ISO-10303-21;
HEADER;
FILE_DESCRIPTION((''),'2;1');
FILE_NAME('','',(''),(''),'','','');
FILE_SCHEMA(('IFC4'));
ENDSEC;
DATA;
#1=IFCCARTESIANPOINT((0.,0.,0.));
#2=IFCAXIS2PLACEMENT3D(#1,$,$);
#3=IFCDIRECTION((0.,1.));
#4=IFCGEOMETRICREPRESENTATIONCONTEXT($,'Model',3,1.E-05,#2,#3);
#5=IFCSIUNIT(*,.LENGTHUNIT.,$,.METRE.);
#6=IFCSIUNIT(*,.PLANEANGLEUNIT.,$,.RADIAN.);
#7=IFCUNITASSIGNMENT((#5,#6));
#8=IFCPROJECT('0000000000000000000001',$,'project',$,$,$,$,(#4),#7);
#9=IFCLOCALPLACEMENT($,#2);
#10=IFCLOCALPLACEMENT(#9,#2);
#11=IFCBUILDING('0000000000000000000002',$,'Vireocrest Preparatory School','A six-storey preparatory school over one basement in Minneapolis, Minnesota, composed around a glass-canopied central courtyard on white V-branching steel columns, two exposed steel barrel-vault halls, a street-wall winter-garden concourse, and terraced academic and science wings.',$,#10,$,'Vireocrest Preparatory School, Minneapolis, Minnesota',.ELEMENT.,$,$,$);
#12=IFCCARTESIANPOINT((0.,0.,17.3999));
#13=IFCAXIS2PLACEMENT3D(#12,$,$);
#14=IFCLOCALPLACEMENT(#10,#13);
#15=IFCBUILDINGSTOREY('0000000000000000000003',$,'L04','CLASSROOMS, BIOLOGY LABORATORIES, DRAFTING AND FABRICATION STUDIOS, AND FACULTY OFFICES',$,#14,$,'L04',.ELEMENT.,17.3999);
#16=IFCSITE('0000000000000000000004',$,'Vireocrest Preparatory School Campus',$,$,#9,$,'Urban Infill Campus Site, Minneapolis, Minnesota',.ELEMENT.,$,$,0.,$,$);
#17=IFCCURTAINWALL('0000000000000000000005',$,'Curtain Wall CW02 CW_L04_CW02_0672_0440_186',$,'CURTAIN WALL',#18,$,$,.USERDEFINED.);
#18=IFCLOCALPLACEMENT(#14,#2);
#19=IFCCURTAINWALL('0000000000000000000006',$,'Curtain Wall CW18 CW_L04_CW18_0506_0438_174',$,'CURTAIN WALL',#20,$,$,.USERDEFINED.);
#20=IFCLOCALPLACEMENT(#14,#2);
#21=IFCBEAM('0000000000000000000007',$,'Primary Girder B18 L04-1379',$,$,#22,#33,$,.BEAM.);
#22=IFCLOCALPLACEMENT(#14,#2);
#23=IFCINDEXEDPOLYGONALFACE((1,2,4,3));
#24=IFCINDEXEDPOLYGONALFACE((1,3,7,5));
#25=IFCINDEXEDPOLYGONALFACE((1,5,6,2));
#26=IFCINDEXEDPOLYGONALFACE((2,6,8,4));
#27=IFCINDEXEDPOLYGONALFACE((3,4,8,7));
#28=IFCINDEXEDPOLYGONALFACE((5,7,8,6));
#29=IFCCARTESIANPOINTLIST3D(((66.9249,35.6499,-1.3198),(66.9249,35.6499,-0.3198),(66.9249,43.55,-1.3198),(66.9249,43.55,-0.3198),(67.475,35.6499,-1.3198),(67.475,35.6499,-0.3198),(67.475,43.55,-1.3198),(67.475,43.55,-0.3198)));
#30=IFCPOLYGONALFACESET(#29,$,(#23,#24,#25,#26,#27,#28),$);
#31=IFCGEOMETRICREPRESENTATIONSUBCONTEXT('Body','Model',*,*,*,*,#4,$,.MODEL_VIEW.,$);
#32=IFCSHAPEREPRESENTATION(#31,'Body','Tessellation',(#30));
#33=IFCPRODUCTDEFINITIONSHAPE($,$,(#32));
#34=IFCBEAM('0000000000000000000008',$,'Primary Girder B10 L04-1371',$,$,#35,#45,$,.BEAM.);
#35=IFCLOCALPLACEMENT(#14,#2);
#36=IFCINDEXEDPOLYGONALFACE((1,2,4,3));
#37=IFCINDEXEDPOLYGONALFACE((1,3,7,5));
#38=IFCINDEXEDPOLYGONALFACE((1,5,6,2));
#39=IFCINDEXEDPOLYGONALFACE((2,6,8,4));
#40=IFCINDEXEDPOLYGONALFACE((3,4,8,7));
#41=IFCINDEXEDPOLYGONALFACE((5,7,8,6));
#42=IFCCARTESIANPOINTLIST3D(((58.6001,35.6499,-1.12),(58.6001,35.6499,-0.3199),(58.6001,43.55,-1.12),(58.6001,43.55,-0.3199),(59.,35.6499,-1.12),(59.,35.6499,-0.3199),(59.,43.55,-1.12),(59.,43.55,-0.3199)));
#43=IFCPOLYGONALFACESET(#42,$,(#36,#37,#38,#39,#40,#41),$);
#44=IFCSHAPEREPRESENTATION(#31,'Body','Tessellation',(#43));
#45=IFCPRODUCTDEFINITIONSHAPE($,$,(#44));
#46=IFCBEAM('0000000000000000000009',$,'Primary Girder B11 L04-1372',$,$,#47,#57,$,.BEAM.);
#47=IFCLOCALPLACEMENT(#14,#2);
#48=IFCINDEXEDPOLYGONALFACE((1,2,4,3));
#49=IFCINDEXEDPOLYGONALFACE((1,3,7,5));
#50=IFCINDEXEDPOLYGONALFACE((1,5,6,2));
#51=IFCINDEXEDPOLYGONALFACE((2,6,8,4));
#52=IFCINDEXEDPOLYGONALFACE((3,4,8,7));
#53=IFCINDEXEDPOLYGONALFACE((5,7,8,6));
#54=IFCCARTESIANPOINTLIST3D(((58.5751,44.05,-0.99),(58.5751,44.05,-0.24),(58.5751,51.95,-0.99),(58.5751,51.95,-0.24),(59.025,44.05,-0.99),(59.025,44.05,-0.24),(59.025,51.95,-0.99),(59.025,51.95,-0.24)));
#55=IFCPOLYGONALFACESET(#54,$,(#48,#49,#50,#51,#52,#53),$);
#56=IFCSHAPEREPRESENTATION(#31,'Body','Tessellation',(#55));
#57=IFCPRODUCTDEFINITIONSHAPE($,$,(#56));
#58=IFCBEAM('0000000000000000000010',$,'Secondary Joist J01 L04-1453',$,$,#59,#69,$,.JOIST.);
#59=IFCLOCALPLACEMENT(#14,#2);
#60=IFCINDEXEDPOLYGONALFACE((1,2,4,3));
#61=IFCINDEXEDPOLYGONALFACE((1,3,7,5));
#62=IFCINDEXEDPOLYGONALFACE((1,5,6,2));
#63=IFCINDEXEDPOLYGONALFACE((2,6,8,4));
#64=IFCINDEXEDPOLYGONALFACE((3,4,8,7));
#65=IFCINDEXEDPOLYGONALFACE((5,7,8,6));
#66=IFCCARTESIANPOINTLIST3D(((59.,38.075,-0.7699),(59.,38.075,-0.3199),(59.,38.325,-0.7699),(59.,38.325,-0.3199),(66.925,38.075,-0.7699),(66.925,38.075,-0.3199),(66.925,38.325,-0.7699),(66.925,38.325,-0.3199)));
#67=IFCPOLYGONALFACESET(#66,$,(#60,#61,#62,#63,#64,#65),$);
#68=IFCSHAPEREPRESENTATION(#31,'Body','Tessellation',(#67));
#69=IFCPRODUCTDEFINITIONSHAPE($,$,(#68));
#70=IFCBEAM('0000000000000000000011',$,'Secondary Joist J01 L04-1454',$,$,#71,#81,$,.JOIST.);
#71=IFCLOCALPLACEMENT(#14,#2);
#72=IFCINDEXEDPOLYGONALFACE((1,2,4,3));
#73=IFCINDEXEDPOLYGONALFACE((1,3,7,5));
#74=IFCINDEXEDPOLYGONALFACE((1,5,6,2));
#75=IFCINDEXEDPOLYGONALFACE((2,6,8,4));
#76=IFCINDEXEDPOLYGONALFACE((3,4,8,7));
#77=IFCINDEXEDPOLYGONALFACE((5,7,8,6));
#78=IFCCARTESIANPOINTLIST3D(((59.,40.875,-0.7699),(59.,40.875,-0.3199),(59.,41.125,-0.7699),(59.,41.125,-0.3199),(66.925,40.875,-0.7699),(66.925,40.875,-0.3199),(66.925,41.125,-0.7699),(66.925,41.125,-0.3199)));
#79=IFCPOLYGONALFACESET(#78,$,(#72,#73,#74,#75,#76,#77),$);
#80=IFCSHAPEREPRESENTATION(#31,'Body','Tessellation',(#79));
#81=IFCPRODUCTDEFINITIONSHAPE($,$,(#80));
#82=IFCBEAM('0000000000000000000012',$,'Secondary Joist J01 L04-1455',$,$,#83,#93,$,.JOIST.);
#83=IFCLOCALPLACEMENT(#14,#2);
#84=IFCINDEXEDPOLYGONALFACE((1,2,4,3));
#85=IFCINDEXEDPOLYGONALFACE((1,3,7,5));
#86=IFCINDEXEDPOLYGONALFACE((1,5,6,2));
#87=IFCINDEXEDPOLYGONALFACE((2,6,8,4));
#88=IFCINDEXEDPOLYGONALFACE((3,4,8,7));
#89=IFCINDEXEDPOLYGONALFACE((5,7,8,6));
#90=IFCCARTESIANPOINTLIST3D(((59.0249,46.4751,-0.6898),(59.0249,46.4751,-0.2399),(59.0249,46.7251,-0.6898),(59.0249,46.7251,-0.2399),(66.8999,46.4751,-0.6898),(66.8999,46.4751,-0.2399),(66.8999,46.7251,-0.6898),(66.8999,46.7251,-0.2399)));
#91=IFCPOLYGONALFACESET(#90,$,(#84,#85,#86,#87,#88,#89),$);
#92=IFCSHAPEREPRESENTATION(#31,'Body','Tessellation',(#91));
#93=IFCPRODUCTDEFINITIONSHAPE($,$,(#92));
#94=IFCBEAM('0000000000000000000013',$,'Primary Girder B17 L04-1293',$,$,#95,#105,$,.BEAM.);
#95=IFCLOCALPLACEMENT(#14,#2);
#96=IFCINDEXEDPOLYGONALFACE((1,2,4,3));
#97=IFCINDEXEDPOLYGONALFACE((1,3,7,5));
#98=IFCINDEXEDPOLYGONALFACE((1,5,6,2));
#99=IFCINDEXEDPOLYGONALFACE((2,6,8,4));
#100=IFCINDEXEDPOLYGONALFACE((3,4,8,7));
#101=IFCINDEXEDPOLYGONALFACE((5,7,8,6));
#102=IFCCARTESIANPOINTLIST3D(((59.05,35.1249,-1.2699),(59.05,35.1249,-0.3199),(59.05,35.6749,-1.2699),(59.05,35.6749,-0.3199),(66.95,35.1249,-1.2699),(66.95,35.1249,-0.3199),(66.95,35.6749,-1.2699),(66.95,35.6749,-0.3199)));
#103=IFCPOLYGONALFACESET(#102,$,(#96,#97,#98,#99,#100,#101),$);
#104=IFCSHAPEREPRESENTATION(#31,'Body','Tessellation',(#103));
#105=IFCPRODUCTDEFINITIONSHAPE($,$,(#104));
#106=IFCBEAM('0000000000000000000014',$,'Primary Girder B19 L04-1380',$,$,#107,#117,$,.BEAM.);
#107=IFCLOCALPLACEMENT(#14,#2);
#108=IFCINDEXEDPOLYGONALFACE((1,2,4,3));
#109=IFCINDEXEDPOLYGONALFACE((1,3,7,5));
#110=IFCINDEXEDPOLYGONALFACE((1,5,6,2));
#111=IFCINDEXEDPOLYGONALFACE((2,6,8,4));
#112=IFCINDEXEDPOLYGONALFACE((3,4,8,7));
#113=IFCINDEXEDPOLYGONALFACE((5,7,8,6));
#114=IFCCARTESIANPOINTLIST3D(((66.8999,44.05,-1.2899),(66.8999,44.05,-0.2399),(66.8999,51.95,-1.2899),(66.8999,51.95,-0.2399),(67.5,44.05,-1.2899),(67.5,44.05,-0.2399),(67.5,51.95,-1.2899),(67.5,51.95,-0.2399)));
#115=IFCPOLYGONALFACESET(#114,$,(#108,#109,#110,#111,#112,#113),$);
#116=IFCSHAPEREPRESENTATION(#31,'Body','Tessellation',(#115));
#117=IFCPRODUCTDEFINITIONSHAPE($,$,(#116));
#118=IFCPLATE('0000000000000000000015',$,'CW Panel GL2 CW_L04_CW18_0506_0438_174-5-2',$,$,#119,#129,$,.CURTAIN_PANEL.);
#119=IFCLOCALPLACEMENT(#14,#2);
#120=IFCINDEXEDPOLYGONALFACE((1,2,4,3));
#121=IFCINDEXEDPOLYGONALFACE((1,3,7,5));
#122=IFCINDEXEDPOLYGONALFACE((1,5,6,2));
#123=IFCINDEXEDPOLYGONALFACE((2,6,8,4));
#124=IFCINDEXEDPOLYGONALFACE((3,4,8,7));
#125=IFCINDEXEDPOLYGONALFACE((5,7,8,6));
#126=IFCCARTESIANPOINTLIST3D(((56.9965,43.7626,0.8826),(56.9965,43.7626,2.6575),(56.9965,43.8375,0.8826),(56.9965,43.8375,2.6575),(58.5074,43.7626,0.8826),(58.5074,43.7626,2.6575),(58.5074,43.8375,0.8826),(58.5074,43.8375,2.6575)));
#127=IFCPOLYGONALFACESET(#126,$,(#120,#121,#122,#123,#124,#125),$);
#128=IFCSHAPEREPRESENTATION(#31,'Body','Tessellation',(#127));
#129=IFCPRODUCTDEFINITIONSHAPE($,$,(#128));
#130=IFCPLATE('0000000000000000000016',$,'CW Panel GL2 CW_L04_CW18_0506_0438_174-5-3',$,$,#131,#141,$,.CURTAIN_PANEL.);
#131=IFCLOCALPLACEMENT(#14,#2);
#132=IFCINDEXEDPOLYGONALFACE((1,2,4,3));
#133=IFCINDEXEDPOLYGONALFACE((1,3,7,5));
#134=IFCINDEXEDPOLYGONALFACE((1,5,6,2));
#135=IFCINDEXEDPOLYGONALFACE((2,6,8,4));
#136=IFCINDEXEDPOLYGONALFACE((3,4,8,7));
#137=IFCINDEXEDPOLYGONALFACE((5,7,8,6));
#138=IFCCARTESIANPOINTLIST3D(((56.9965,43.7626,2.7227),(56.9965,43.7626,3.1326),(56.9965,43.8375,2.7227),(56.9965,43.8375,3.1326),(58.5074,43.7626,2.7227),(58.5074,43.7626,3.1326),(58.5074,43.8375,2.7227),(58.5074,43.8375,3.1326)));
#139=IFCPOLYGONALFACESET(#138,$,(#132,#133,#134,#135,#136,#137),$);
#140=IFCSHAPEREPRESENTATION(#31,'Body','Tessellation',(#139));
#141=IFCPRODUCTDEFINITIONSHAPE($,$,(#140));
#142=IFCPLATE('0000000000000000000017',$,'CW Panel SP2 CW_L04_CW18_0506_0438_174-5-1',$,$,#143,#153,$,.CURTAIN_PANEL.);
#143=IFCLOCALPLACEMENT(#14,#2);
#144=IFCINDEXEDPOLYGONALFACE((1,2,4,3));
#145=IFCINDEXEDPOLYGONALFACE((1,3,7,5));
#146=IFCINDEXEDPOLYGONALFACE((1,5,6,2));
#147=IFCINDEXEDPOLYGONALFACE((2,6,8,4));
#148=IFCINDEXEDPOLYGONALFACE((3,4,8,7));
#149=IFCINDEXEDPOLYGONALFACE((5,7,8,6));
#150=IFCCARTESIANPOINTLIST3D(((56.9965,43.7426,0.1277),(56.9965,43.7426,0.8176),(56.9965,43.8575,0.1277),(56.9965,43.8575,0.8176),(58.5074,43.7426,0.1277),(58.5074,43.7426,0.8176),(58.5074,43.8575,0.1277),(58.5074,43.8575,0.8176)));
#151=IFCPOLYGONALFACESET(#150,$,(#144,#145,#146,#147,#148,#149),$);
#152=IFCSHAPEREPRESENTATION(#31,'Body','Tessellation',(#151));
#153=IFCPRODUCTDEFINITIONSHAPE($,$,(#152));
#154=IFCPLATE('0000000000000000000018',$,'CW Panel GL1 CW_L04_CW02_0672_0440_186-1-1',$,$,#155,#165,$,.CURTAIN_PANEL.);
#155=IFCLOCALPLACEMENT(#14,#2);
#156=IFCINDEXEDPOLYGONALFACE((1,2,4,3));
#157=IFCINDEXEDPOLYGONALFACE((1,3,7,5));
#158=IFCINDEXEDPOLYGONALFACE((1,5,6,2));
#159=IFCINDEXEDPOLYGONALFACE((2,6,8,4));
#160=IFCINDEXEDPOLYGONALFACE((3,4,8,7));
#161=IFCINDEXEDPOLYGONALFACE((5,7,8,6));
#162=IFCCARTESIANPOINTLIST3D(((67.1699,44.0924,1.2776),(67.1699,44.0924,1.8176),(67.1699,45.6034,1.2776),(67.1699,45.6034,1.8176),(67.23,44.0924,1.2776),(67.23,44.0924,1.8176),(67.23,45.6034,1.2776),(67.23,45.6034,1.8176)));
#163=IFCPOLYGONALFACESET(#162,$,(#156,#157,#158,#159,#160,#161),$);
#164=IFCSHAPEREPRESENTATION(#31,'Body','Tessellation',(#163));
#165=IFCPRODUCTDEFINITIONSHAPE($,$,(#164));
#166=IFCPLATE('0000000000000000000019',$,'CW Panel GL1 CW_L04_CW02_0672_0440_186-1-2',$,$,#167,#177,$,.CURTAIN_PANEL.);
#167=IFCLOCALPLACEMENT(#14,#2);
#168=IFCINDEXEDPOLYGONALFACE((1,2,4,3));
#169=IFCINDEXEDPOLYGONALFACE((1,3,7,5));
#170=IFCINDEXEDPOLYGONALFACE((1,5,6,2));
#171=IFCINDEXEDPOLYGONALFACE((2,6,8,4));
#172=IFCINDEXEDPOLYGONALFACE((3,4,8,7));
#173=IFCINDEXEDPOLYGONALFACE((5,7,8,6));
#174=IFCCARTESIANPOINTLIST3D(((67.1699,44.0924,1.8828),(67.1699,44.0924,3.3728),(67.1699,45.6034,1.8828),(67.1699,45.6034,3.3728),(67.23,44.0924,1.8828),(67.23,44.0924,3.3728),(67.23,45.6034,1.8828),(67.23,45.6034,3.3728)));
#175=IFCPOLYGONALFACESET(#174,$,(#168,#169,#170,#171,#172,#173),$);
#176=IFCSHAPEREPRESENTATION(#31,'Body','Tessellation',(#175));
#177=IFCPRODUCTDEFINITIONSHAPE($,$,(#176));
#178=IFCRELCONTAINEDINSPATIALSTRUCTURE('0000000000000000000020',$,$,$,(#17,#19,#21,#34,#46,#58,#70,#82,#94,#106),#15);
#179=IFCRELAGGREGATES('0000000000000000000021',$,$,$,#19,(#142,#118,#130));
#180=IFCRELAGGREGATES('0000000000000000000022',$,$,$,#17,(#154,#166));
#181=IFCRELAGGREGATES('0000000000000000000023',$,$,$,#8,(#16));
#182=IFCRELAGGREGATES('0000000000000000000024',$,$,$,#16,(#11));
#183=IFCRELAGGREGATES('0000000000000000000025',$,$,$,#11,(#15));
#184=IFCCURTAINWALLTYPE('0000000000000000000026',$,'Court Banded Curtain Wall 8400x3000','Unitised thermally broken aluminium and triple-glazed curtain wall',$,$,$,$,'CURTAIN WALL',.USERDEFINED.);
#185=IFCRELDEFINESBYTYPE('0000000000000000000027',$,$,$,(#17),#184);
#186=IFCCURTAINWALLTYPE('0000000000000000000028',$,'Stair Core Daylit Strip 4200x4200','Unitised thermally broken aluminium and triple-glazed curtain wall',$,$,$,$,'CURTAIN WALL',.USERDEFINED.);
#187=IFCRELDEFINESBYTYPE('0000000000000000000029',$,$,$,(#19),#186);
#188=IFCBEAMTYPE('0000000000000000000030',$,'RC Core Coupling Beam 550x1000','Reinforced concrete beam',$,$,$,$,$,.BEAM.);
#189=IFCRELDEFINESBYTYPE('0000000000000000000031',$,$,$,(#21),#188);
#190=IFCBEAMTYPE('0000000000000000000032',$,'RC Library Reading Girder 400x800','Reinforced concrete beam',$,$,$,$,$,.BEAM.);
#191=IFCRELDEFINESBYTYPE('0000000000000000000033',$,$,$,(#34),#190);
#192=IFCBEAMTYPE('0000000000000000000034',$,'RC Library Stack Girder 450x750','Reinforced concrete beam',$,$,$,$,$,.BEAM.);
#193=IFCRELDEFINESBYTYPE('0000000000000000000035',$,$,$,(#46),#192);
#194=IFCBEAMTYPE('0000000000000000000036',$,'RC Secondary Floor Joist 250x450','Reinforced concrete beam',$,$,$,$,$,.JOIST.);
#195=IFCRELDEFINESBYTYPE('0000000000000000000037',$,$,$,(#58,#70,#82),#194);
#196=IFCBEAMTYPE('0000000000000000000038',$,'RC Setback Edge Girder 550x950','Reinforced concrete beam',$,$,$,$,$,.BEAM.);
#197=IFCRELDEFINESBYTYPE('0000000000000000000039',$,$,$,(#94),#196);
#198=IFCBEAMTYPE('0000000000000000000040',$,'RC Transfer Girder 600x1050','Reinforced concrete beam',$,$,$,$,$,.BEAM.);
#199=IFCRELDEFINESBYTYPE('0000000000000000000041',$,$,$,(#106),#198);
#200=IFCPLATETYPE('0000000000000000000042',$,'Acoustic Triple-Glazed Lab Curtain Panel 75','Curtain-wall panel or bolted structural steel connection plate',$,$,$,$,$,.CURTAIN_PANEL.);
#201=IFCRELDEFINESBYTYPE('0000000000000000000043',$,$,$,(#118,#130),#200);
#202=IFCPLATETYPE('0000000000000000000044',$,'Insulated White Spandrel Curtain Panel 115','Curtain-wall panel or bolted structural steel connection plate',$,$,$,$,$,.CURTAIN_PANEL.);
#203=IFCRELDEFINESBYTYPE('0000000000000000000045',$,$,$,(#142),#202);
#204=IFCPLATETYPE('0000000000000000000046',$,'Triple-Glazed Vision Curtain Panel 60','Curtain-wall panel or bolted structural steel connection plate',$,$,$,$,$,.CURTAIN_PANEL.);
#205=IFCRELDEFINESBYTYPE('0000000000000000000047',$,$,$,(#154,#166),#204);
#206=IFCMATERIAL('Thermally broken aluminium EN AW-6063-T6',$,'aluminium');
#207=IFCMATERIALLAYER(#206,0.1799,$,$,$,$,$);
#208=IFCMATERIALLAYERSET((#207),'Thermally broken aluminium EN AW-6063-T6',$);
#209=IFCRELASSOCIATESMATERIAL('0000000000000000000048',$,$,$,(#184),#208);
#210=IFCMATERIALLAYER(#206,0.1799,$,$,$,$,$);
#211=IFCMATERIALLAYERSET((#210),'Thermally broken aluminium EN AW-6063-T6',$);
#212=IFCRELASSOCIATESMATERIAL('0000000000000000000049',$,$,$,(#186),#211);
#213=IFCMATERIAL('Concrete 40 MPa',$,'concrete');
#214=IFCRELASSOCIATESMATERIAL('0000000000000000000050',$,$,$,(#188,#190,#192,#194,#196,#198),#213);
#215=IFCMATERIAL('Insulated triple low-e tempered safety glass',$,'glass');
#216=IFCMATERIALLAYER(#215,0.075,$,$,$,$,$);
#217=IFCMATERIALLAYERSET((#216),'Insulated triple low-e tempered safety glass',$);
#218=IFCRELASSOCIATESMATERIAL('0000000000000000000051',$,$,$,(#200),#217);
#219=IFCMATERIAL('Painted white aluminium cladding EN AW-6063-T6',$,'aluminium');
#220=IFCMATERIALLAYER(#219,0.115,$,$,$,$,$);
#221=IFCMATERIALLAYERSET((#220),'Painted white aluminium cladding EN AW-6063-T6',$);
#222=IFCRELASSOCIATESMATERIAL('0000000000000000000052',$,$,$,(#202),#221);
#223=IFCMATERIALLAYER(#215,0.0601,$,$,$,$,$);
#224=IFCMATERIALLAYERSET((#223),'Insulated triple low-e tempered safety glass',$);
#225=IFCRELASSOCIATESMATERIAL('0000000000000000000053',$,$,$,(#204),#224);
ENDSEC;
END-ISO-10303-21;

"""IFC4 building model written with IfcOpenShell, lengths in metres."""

from ifc_helpers import new_model, si_unit, direction, frame, origin, origin_2d, place, context, subcontext, project, spatial, rectangle, extrude, material, layer, layer_set, material_profile, profile_set, type_object, element, aggregate, save


model = new_model("IFC4")

# Units and contexts
model_context = context("Model", 3, precision=1e-05, world=origin(), true_north=direction((0.0, 1.0)))
body_context = subcontext(model_context, "Body", "Model", "MODEL_VIEW")
ifc_project = project(units=[si_unit("LENGTHUNIT", "METRE"), si_unit("PLANEANGLEUNIT", "RADIAN")], contexts=[model_context])

# Site, building, storey
site_placement = place(None, origin())
site = spatial("IfcSite", under=ifc_project, at=site_placement, Name="Vireocrest Preparatory School Campus", LongName="Urban Infill Campus Site, Minneapolis, Minnesota", CompositionType="ELEMENT", RefElevation=0.0)
building_placement = place(site_placement, origin())
building = spatial("IfcBuilding", under=site, at=building_placement, Name="Vireocrest Preparatory School", Description="A six-storey preparatory school over one basement in Minneapolis, Minnesota, composed around a glass-canopied central courtyard on white V-branching steel columns, two exposed steel barrel-vault halls, a street-wall winter-garden concourse, and terraced academic and science wings.", LongName="Vireocrest Preparatory School, Minneapolis, Minnesota", CompositionType="ELEMENT")
storey_placement = place(building_placement, frame((0.0, 0.0, 17.3999)))
storey = spatial("IfcBuildingStorey", under=building, at=storey_placement, Name="L04", Description="CLASSROOMS, BIOLOGY LABORATORIES, DRAFTING AND FABRICATION STUDIOS, AND FACULTY OFFICES", LongName="L04", CompositionType="ELEMENT", Elevation=17.3999)

# Curtain walls
ifc_material_1 = material(Name="Thermally broken aluminium EN AW-6063-T6", Category="aluminium")
ifc_layer_1 = layer(ifc_material_1, 0.1799)
ifc_layer_set_1 = layer_set([ifc_layer_1], Name="Thermally broken aluminium EN AW-6063-T6")
curtain_wall_type_1 = type_object("IfcCurtainWallType", Name="Court Banded Curtain Wall 8400x3000", Description="Unitised thermally broken aluminium and triple-glazed curtain wall", ElementType="CURTAIN WALL", PredefinedType="USERDEFINED", material=ifc_layer_set_1)
curtain_wall_1_placement = place(storey_placement, origin())
curtain_wall_1 = element("IfcCurtainWall", 1, at=curtain_wall_1_placement, inside=storey, type_object=curtain_wall_type_1, Name="Curtain Wall CW02 CW_L04_CW02_0672_0440_186", ObjectType="CURTAIN WALL", PredefinedType="USERDEFINED")
ifc_layer_2 = layer(ifc_material_1, 0.1799)
ifc_layer_set_2 = layer_set([ifc_layer_2], Name="Thermally broken aluminium EN AW-6063-T6")
curtain_wall_type_2 = type_object("IfcCurtainWallType", Name="Stair Core Daylit Strip 4200x4200", Description="Unitised thermally broken aluminium and triple-glazed curtain wall", ElementType="CURTAIN WALL", PredefinedType="USERDEFINED", material=ifc_layer_set_2)
curtain_wall_2_placement = place(storey_placement, origin())
curtain_wall_2 = element("IfcCurtainWall", 2, at=curtain_wall_2_placement, inside=storey, type_object=curtain_wall_type_2, Name="Curtain Wall CW18 CW_L04_CW18_0506_0438_174", ObjectType="CURTAIN WALL", PredefinedType="USERDEFINED")

# Beams
ifc_material_2 = material(Name="Concrete 40 MPa", Category="concrete")
ifc_material_profile_1 = material_profile(ifc_material_2, rectangle(XDim=0.55, YDim=1.0, at=origin_2d()), Name="RC 550x1000")
ifc_profile_set_1 = profile_set([ifc_material_profile_1], Name="Concrete 40 MPa")
beam_type_1 = type_object("IfcBeamType", Name="RC Core Coupling Beam 550x1000", Description="Reinforced concrete beam", PredefinedType="BEAM", material=ifc_profile_set_1)
beam_1_placement = place(storey_placement, frame((67.2, 35.6499, -0.8198), z_axis=(0.0, 1.0, 0.0), x_axis=(-1.0, 0.0, 0.0)))
element("IfcBeam", 3, at=beam_1_placement, inside=storey, type_object=beam_type_1, Name="Primary Girder B18 L04-1379", PredefinedType="BEAM", context=body_context, shape_type="SweptSolid", body=[
    extrude(rectangle(XDim=0.55, YDim=1.0, at=origin_2d()), origin(), (0.0, 0.0, 1.0), 7.9001),
])
ifc_material_profile_2 = material_profile(ifc_material_2, rectangle(XDim=0.3999, YDim=0.8, at=origin_2d()), Name="RC 400x800")
ifc_profile_set_2 = profile_set([ifc_material_profile_2], Name="Concrete 40 MPa")
beam_type_2 = type_object("IfcBeamType", Name="RC Library Reading Girder 400x800", Description="Reinforced concrete beam", PredefinedType="BEAM", material=ifc_profile_set_2)
beam_2_placement = place(storey_placement, frame((58.8, 35.6499, -0.72), z_axis=(0.0, 1.0, 0.0), x_axis=(-1.0, 0.0, 0.0)))
element("IfcBeam", 4, at=beam_2_placement, inside=storey, type_object=beam_type_2, Name="Primary Girder B10 L04-1371", PredefinedType="BEAM", context=body_context, shape_type="SweptSolid", body=[
    extrude(rectangle(XDim=0.3999, YDim=0.8, at=origin_2d()), origin(), (0.0, 0.0, 1.0), 7.9001),
])
ifc_material_profile_3 = material_profile(ifc_material_2, rectangle(XDim=0.45, YDim=0.75, at=origin_2d()), Name="RC 450x750")
ifc_profile_set_3 = profile_set([ifc_material_profile_3], Name="Concrete 40 MPa")
beam_type_3 = type_object("IfcBeamType", Name="RC Library Stack Girder 450x750", Description="Reinforced concrete beam", PredefinedType="BEAM", material=ifc_profile_set_3)
beam_3_placement = place(storey_placement, frame((58.8, 44.05, -0.615), z_axis=(0.0, 1.0, 0.0), x_axis=(-1.0, 0.0, 0.0)))
element("IfcBeam", 5, at=beam_3_placement, inside=storey, type_object=beam_type_3, Name="Primary Girder B11 L04-1372", PredefinedType="BEAM", context=body_context, shape_type="SweptSolid", body=[
    extrude(rectangle(XDim=0.45, YDim=0.75, at=origin_2d()), origin(), (0.0, 0.0, 1.0), 7.8999),
])
ifc_material_profile_4 = material_profile(ifc_material_2, rectangle(XDim=0.25, YDim=0.45, at=origin_2d()), Name="RC 250x450")
ifc_profile_set_4 = profile_set([ifc_material_profile_4], Name="Concrete 40 MPa")
beam_type_4 = type_object("IfcBeamType", Name="RC Secondary Floor Joist 250x450", Description="Reinforced concrete beam", PredefinedType="JOIST", material=ifc_profile_set_4)
for number, where, z_axis, x_axis, name in (
    (6, (59.0, 38.2, -0.5449), (1.0, 0.0, 0.0), (0.0, 1.0, 0.0), "Secondary Joist J01 L04-1453"),
    (7, (59.0, 41.0, -0.5449), (1.0, 0.0, 0.0), (0.0, 1.0, 0.0), "Secondary Joist J01 L04-1454"),
):
    element("IfcBeam", number, at=place(storey_placement, frame(where, z_axis=z_axis, x_axis=x_axis)), inside=storey, type_object=beam_type_4, Name=name, PredefinedType="JOIST", context=body_context, shape_type="SweptSolid", body=[
        extrude(rectangle(XDim=0.25, YDim=0.45, at=origin_2d()), origin(), (0.0, 0.0, 1.0), 7.925),
    ])
beam_4_placement = place(storey_placement, frame((59.0249, 46.6001, -0.4648), z_axis=(1.0, 0.0, 0.0), x_axis=(0.0, 1.0, 0.0)))
element("IfcBeam", 8, at=beam_4_placement, inside=storey, type_object=beam_type_4, Name="Secondary Joist J01 L04-1455", PredefinedType="JOIST", context=body_context, shape_type="SweptSolid", body=[
    extrude(rectangle(XDim=0.25, YDim=0.45, at=origin_2d()), origin(), (0.0, 0.0, 1.0), 7.875),
])
ifc_material_profile_5 = material_profile(ifc_material_2, rectangle(XDim=0.55, YDim=0.95, at=origin_2d()), Name="RC 550x950")
ifc_profile_set_5 = profile_set([ifc_material_profile_5], Name="Concrete 40 MPa")
beam_type_5 = type_object("IfcBeamType", Name="RC Setback Edge Girder 550x950", Description="Reinforced concrete beam", PredefinedType="BEAM", material=ifc_profile_set_5)
beam_5_placement = place(storey_placement, frame((59.05, 35.3999, -0.7949), z_axis=(1.0, 0.0, 0.0), x_axis=(0.0, 1.0, 0.0)))
element("IfcBeam", 9, at=beam_5_placement, inside=storey, type_object=beam_type_5, Name="Primary Girder B17 L04-1293", PredefinedType="BEAM", context=body_context, shape_type="SweptSolid", body=[
    extrude(rectangle(XDim=0.55, YDim=0.95, at=origin_2d()), origin(), (0.0, 0.0, 1.0), 7.8999),
])
ifc_material_profile_6 = material_profile(ifc_material_2, rectangle(XDim=0.6001, YDim=1.05, at=origin_2d()), Name="RC 600x1050")
ifc_profile_set_6 = profile_set([ifc_material_profile_6], Name="Concrete 40 MPa")
beam_type_6 = type_object("IfcBeamType", Name="RC Transfer Girder 600x1050", Description="Reinforced concrete beam", PredefinedType="BEAM", material=ifc_profile_set_6)
beam_6_placement = place(storey_placement, frame((67.2, 44.05, -0.7649), z_axis=(0.0, 1.0, 0.0), x_axis=(-1.0, 0.0, 0.0)))
element("IfcBeam", 10, at=beam_6_placement, inside=storey, type_object=beam_type_6, Name="Primary Girder B19 L04-1380", PredefinedType="BEAM", context=body_context, shape_type="SweptSolid", body=[
    extrude(rectangle(XDim=0.6001, YDim=1.05, at=origin_2d()), origin(), (0.0, 0.0, 1.0), 7.8999),
])

# Plates
ifc_material_3 = material(Name="Insulated triple low-e tempered safety glass", Category="glass")
ifc_layer_3 = layer(ifc_material_3, 0.075)
ifc_layer_set_3 = layer_set([ifc_layer_3], Name="Insulated triple low-e tempered safety glass")
plate_type_1 = type_object("IfcPlateType", Name="Acoustic Triple-Glazed Lab Curtain Panel 75", Description="Curtain-wall panel or bolted structural steel connection plate", PredefinedType="CURTAIN_PANEL", material=ifc_layer_set_3)
plate_1_placement = place(storey_placement, frame((57.752, 43.8, 0.8826), z_axis=(0.0, 0.0, 1.0), x_axis=(1.0, 0.0, 0.0)))
plate_1 = element("IfcPlate", 11, at=plate_1_placement, type_object=plate_type_1, Name="CW Panel GL2 CW_L04_CW18_0506_0438_174-5-2", PredefinedType="CURTAIN_PANEL", context=body_context, shape_type="SweptSolid", body=[
    extrude(rectangle(XDim=1.511, YDim=0.075, at=origin_2d()), origin(), (0.0, 0.0, 1.0), 1.7749),
])
plate_2_placement = place(storey_placement, frame((57.752, 43.8, 2.7227), z_axis=(0.0, 0.0, 1.0), x_axis=(1.0, 0.0, 0.0)))
plate_2 = element("IfcPlate", 12, at=plate_2_placement, type_object=plate_type_1, Name="CW Panel GL2 CW_L04_CW18_0506_0438_174-5-3", PredefinedType="CURTAIN_PANEL", context=body_context, shape_type="SweptSolid", body=[
    extrude(rectangle(XDim=1.511, YDim=0.075, at=origin_2d()), origin(), (0.0, 0.0, 1.0), 0.4099),
])
ifc_material_4 = material(Name="Painted white aluminium cladding EN AW-6063-T6", Category="aluminium")
ifc_layer_4 = layer(ifc_material_4, 0.115)
ifc_layer_set_4 = layer_set([ifc_layer_4], Name="Painted white aluminium cladding EN AW-6063-T6")
plate_type_2 = type_object("IfcPlateType", Name="Insulated White Spandrel Curtain Panel 115", Description="Curtain-wall panel or bolted structural steel connection plate", PredefinedType="CURTAIN_PANEL", material=ifc_layer_set_4)
plate_3_placement = place(storey_placement, frame((57.752, 43.8, 0.1277), z_axis=(0.0, 0.0, 1.0), x_axis=(1.0, 0.0, 0.0)))
plate_3 = element("IfcPlate", 13, at=plate_3_placement, type_object=plate_type_2, Name="CW Panel SP2 CW_L04_CW18_0506_0438_174-5-1", PredefinedType="CURTAIN_PANEL", context=body_context, shape_type="SweptSolid", body=[
    extrude(rectangle(XDim=1.511, YDim=0.115, at=origin_2d()), origin(), (0.0, 0.0, 1.0), 0.6899),
])
aggregate(curtain_wall_2, [plate_3, plate_1, plate_2])
ifc_layer_5 = layer(ifc_material_3, 0.0601)
ifc_layer_set_5 = layer_set([ifc_layer_5], Name="Insulated triple low-e tempered safety glass")
plate_type_3 = type_object("IfcPlateType", Name="Triple-Glazed Vision Curtain Panel 60", Description="Curtain-wall panel or bolted structural steel connection plate", PredefinedType="CURTAIN_PANEL", material=ifc_layer_set_5)
plate_4_placement = place(storey_placement, frame((67.2, 44.8479, 1.2776), z_axis=(0.0, 0.0, 1.0), x_axis=(0.0, 1.0, 0.0)))
plate_4 = element("IfcPlate", 14, at=plate_4_placement, type_object=plate_type_3, Name="CW Panel GL1 CW_L04_CW02_0672_0440_186-1-1", PredefinedType="CURTAIN_PANEL", context=body_context, shape_type="SweptSolid", body=[
    extrude(rectangle(XDim=1.511, YDim=0.0601, at=origin_2d()), origin(), (0.0, 0.0, 1.0), 0.54),
])
plate_5_placement = place(storey_placement, frame((67.2, 44.8479, 1.8828), z_axis=(0.0, 0.0, 1.0), x_axis=(0.0, 1.0, 0.0)))
plate_5 = element("IfcPlate", 15, at=plate_5_placement, type_object=plate_type_3, Name="CW Panel GL1 CW_L04_CW02_0672_0440_186-1-2", PredefinedType="CURTAIN_PANEL", context=body_context, shape_type="SweptSolid", body=[
    extrude(rectangle(XDim=1.511, YDim=0.0601, at=origin_2d()), origin(), (0.0, 0.0, 1.0), 1.49),
])
aggregate(curtain_wall_1, [plate_4, plate_5])

save(model, "model.ifc")
